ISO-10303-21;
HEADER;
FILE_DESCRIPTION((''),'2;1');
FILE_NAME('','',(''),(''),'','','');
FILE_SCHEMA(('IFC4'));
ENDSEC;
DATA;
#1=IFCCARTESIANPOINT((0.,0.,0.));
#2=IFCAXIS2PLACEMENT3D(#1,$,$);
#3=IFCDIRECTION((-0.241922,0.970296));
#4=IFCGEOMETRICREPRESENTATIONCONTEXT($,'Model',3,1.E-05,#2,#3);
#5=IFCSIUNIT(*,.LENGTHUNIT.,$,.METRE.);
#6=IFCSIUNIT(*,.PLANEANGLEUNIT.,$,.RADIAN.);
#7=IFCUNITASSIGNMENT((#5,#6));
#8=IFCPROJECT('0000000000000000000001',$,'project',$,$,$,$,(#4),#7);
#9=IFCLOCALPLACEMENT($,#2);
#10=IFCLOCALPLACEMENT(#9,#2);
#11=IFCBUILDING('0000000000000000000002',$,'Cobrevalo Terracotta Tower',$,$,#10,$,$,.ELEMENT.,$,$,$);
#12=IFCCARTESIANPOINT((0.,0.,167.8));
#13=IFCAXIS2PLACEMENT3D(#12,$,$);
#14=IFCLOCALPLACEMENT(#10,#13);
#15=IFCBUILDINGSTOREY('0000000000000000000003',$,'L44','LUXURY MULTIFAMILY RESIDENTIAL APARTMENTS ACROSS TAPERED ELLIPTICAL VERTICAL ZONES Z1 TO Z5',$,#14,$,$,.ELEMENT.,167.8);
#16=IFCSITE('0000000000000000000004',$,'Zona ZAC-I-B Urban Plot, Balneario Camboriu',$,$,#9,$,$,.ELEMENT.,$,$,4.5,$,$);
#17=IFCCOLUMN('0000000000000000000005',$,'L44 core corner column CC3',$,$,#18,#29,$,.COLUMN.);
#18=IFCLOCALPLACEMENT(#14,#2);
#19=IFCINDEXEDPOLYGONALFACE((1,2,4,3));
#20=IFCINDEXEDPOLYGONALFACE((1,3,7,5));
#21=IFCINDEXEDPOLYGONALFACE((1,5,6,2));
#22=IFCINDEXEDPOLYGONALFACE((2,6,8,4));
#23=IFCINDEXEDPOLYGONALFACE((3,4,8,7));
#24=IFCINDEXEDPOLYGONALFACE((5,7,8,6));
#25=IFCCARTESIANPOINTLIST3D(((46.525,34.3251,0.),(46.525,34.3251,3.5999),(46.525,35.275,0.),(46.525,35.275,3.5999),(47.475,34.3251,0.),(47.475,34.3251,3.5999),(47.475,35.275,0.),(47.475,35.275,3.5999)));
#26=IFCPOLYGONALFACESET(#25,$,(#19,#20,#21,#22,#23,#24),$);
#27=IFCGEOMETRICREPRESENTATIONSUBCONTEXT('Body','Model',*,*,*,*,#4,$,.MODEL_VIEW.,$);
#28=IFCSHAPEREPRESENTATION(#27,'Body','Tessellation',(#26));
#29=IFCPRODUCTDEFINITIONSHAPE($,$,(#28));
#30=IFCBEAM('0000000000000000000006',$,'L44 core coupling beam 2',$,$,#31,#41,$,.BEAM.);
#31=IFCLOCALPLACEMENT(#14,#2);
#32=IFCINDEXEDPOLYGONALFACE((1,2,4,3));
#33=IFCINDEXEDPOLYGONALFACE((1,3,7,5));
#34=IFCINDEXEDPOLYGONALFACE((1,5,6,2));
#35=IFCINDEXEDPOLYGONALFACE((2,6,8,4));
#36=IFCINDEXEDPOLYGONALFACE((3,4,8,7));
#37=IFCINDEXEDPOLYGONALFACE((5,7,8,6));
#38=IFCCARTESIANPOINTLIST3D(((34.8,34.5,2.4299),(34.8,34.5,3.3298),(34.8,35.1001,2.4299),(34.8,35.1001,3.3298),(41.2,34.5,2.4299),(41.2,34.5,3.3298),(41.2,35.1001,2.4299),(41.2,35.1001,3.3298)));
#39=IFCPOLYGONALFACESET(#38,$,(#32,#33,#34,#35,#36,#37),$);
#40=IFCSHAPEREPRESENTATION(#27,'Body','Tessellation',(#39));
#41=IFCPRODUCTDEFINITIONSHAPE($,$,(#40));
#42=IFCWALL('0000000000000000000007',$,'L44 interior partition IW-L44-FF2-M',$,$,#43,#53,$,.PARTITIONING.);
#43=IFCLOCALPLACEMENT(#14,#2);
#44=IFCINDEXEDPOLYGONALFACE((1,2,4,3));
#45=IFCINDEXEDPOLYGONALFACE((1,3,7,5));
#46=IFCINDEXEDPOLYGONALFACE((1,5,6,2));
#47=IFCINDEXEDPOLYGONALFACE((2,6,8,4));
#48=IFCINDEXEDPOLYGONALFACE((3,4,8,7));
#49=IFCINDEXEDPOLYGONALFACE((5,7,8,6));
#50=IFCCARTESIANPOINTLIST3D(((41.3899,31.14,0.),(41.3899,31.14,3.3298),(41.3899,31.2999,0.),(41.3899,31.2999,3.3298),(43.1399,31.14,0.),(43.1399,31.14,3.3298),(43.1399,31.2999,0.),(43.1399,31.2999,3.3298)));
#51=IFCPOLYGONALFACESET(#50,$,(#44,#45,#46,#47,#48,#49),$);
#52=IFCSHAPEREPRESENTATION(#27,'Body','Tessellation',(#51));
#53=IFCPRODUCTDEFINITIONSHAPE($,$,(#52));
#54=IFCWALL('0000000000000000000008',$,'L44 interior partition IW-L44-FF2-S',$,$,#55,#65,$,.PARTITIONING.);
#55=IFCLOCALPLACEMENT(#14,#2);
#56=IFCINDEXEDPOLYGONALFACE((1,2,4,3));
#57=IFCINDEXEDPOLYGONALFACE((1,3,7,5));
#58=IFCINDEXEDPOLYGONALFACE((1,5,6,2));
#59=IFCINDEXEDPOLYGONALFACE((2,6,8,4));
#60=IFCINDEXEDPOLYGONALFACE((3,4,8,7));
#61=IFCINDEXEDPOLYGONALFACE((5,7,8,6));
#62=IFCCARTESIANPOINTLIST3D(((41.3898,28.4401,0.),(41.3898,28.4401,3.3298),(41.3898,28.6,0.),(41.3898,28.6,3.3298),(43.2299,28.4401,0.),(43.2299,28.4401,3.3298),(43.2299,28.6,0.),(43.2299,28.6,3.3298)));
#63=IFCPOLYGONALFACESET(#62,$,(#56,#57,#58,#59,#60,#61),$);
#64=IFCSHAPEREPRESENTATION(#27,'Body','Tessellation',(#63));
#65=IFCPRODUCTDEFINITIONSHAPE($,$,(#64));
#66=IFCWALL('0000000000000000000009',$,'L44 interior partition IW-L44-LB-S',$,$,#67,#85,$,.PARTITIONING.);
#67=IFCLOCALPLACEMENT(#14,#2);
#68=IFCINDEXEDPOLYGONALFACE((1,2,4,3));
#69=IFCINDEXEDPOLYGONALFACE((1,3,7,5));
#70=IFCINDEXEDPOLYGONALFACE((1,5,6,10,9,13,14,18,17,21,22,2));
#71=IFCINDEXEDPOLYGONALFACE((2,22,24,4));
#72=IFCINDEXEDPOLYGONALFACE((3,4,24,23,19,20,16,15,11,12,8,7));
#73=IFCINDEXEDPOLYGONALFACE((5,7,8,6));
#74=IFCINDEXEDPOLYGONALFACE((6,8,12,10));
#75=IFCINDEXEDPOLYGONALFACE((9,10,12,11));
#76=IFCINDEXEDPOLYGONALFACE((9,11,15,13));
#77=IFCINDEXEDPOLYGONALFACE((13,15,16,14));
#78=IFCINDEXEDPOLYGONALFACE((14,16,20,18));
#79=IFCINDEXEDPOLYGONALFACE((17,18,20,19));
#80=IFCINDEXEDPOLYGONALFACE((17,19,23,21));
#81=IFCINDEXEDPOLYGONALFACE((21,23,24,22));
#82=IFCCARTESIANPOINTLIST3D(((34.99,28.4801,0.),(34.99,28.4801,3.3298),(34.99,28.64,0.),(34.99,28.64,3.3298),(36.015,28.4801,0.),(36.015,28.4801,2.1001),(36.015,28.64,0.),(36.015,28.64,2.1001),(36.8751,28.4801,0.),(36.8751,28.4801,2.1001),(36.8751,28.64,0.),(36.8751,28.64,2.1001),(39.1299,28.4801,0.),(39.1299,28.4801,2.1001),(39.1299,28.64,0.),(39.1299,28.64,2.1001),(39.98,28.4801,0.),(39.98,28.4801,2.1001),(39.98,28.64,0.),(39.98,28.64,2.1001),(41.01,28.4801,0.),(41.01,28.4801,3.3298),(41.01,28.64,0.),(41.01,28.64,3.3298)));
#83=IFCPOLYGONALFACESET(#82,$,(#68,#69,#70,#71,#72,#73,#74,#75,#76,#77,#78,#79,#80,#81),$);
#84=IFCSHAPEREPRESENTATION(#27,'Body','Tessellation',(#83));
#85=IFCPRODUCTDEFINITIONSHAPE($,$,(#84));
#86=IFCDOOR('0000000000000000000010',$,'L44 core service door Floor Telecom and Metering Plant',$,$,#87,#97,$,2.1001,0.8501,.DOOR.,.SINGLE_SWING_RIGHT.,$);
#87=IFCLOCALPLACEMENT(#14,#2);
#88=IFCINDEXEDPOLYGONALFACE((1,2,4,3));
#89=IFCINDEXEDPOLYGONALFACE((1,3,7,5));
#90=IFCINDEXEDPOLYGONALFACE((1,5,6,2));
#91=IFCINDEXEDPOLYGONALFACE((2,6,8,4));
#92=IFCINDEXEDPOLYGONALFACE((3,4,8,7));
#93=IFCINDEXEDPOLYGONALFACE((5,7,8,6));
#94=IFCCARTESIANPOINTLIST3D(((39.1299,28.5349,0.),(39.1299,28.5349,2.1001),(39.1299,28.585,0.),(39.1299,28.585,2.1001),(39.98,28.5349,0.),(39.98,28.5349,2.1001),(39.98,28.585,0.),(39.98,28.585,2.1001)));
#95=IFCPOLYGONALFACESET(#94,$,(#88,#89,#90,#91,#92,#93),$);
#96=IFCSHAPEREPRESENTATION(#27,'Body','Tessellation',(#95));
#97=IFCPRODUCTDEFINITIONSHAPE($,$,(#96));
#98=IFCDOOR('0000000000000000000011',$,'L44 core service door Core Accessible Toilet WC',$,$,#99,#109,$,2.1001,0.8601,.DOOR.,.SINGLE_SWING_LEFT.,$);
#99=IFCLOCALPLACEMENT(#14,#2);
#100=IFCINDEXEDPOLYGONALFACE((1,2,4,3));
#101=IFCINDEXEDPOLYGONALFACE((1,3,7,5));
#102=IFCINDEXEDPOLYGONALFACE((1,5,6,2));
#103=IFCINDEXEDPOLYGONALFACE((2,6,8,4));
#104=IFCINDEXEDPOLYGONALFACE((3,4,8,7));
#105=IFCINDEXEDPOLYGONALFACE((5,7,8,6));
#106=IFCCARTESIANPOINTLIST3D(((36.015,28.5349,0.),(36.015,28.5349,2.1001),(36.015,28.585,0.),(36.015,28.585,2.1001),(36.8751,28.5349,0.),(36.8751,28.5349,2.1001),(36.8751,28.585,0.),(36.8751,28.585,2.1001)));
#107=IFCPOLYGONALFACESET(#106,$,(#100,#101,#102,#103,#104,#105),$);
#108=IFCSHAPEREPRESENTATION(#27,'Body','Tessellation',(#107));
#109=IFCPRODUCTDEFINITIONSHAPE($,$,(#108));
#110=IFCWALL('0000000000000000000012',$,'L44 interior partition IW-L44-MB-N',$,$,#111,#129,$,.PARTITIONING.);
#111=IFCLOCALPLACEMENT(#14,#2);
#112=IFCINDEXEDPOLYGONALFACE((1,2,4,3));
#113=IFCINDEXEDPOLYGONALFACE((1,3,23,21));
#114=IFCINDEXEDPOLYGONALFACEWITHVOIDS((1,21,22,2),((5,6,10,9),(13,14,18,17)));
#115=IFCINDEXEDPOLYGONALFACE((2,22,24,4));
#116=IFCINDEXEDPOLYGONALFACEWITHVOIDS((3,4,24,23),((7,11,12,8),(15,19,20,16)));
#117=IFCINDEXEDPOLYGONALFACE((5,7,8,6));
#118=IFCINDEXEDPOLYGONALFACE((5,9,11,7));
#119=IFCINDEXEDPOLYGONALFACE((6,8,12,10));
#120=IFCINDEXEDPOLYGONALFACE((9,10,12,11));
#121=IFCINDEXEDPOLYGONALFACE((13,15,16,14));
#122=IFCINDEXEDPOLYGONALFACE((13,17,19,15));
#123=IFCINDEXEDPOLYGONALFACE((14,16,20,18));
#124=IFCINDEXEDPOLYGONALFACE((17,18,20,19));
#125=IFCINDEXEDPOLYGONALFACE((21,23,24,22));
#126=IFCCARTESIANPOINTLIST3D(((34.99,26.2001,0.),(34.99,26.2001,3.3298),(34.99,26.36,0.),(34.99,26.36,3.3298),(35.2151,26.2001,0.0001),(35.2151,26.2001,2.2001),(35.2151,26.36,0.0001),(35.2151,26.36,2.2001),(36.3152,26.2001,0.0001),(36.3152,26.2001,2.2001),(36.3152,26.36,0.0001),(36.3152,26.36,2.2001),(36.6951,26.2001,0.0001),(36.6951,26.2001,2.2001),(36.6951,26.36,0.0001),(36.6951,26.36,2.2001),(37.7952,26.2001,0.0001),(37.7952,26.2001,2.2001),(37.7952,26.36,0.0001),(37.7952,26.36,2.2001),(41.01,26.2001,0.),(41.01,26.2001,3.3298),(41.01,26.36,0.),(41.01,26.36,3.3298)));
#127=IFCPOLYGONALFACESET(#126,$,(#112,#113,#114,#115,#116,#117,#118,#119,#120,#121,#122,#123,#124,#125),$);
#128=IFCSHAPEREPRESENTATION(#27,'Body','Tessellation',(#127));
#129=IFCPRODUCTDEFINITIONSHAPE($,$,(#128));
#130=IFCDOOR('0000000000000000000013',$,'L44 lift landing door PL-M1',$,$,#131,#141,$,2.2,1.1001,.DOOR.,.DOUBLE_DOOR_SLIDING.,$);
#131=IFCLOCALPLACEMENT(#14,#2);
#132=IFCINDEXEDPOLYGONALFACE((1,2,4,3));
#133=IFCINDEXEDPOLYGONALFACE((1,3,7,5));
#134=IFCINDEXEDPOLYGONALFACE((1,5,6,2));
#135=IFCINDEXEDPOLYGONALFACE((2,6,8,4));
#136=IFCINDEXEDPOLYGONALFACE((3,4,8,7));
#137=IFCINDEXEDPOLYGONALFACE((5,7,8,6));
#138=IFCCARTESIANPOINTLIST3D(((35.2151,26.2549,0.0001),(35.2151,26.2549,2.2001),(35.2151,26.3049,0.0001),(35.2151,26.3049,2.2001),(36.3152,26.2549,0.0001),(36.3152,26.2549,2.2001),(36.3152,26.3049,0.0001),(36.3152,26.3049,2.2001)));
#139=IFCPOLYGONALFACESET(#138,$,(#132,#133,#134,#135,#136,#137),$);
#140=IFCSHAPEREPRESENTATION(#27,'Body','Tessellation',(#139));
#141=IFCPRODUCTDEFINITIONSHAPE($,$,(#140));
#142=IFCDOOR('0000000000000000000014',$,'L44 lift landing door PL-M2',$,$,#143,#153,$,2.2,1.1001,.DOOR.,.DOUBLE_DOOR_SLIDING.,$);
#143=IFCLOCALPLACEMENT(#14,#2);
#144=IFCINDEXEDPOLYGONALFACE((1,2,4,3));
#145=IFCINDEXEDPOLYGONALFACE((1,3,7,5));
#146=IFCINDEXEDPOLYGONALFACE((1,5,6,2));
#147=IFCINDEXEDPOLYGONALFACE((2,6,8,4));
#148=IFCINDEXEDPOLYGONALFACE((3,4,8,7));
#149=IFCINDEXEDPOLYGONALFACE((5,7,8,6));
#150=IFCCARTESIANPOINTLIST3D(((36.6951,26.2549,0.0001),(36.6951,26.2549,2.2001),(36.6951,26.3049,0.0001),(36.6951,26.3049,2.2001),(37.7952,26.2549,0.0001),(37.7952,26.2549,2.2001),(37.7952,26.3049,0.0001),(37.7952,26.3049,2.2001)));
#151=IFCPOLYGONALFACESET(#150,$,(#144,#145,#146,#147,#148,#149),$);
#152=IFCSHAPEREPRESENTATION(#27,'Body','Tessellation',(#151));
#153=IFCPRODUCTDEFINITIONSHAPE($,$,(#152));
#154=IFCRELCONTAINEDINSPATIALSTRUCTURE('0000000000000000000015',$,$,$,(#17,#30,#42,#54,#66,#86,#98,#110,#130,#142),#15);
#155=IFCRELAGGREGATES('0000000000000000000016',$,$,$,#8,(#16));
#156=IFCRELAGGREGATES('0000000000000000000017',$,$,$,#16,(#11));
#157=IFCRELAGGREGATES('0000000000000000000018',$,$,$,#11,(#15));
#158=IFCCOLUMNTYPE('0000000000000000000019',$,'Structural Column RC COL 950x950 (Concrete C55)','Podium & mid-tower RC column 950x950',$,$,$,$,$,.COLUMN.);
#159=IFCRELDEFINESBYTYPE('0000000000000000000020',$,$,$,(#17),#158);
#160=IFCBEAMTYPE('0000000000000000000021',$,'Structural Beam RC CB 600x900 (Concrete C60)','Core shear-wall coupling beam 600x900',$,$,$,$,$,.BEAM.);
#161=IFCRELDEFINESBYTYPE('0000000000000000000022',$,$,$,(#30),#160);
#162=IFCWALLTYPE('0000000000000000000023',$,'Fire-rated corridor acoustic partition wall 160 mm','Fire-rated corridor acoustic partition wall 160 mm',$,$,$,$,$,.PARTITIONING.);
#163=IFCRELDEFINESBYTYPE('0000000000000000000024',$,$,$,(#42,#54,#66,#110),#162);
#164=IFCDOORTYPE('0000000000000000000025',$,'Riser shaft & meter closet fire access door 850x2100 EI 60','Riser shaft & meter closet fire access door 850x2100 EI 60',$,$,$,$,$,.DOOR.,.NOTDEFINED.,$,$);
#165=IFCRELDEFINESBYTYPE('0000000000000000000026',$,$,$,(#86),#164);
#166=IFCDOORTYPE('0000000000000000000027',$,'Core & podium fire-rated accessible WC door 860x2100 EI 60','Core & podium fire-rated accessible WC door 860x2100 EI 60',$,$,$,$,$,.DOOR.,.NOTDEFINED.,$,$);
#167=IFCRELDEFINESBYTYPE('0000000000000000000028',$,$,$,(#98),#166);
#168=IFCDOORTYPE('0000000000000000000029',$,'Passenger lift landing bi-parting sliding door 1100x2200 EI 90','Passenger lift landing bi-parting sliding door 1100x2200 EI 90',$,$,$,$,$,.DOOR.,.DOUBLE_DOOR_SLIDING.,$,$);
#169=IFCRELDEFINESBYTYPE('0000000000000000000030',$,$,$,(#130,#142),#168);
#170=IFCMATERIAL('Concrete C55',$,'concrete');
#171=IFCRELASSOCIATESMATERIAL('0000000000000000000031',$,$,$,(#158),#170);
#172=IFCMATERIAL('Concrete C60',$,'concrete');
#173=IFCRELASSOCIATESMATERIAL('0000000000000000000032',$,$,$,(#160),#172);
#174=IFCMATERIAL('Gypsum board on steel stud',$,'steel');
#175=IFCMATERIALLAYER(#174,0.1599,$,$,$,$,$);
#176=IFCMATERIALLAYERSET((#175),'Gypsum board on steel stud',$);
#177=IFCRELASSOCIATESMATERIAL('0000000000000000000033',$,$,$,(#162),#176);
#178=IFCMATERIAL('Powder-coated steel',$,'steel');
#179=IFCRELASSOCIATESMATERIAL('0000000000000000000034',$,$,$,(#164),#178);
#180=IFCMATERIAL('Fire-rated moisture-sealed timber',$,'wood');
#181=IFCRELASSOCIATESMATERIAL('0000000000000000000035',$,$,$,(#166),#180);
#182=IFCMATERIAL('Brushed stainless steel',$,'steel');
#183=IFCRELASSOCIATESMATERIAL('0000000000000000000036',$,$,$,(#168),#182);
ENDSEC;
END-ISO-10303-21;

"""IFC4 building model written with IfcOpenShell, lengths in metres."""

from ifc_helpers import new_model, si_unit, direction, frame, frame_2d, origin, origin_2d, place, context, subcontext, project, spatial, rectangle, extrude, source, transform, mapped, material, layer, layer_set, material_profile, profile_set, type_object, element, fill, save


model = new_model("IFC4")

# Units and contexts
model_context = context("Model", 3, precision=1e-05, world=origin(), true_north=direction((-0.241922, 0.970296)))
body_context = subcontext(model_context, "Body", "Model", "MODEL_VIEW")
ifc_project = project(units=[si_unit("LENGTHUNIT", "METRE"), si_unit("PLANEANGLEUNIT", "RADIAN")], contexts=[model_context])

# Site, building, storey
site_placement = place(None, origin())
site = spatial("IfcSite", under=ifc_project, at=site_placement, Name="Zona ZAC-I-B Urban Plot, Balneario Camboriu", CompositionType="ELEMENT", RefElevation=4.5)
building_placement = place(site_placement, origin())
building = spatial("IfcBuilding", under=site, at=building_placement, Name="Cobrevalo Terracotta Tower", CompositionType="ELEMENT")
storey_placement = place(building_placement, frame((0.0, 0.0, 167.8)))
storey = spatial("IfcBuildingStorey", under=building, at=storey_placement, Name="L44", Description="LUXURY MULTIFAMILY RESIDENTIAL APARTMENTS ACROSS TAPERED ELLIPTICAL VERTICAL ZONES Z1 TO Z5", CompositionType="ELEMENT", Elevation=167.8)

# Column
ifc_material_1 = material(Name="Concrete C55", Category="concrete")
ifc_material_profile_1 = material_profile(ifc_material_1, rectangle(XDim=0.95, YDim=0.95, at=origin_2d()), Name="RC COL 950x950")
ifc_profile_set_1 = profile_set([ifc_material_profile_1], Name="Concrete C55")
column_type = type_object("IfcColumnType", Name="Structural Column RC COL 950x950 (Concrete C55)", Description="Podium & mid-tower RC column 950x950", PredefinedType="COLUMN", material=ifc_profile_set_1)
column_placement = place(storey_placement, frame((47.0, 34.8, 0.0), z_axis=(0.0, 0.0, 1.0), x_axis=(1.0, 0.0, 0.0)))
element("IfcColumn", 1, at=column_placement, inside=storey, type_object=column_type, Name="L44 core corner column CC3", PredefinedType="COLUMN", context=body_context, shape_type="SweptSolid", body=[
    extrude(rectangle(XDim=0.95, YDim=0.95, at=origin_2d()), origin(), (0.0, 0.0, 1.0), 3.5999),
])

# Beam
ifc_material_2 = material(Name="Concrete C60", Category="concrete")
ifc_material_profile_2 = material_profile(ifc_material_2, rectangle(XDim=0.6001, YDim=0.8999, at=origin_2d()), Name="RC CB 600x900")
ifc_profile_set_2 = profile_set([ifc_material_profile_2], Name="Concrete C60")
beam_type = type_object("IfcBeamType", Name="Structural Beam RC CB 600x900 (Concrete C60)", Description="Core shear-wall coupling beam 600x900", PredefinedType="BEAM", material=ifc_profile_set_2)
beam_placement = place(storey_placement, frame((34.8, 34.8, 2.8799), z_axis=(1.0, 0.0, 0.0), x_axis=(0.0, 1.0, 0.0)))
element("IfcBeam", 2, at=beam_placement, inside=storey, type_object=beam_type, Name="L44 core coupling beam 2", PredefinedType="BEAM", context=body_context, shape_type="SweptSolid", body=[
    extrude(rectangle(XDim=0.6001, YDim=0.8999, at=origin_2d()), origin(), (0.0, 0.0, 1.0), 6.3999),
])

# Walls
ifc_material_3 = material(Name="Gypsum board on steel stud", Category="steel")
ifc_layer_1 = layer(ifc_material_3, 0.1599)
ifc_layer_set_1 = layer_set([ifc_layer_1], Name="Gypsum board on steel stud")
wall_type_1 = type_object("IfcWallType", Name="Fire-rated corridor acoustic partition wall 160 mm", Description="Fire-rated corridor acoustic partition wall 160 mm", PredefinedType="PARTITIONING", material=ifc_layer_set_1)
wall_1_placement = place(storey_placement, frame((41.3899, 31.22, 0.0), z_axis=(0.0, 0.0, 1.0), x_axis=(1.0, 0.0, 0.0)))
element("IfcWall", 3, at=wall_1_placement, inside=storey, type_object=wall_type_1, Name="L44 interior partition IW-L44-FF2-M", PredefinedType="PARTITIONING", context=body_context, shape_type="SweptSolid", body=[
    extrude(rectangle(XDim=1.75, YDim=0.1599, at=frame_2d((0.875, 0.0))), origin(), (0.0, 0.0, 1.0), 3.3298),
])
wall_2_placement = place(storey_placement, frame((41.3899, 28.52, 0.0), z_axis=(0.0, 0.0, 1.0), x_axis=(1.0, 0.0, 0.0)))
element("IfcWall", 4, at=wall_2_placement, inside=storey, type_object=wall_type_1, Name="L44 interior partition IW-L44-FF2-S", PredefinedType="PARTITIONING", context=body_context, shape_type="SweptSolid", body=[
    extrude(rectangle(XDim=1.8401, YDim=0.1599, at=frame_2d((0.9199, 0.0))), origin(), (0.0, 0.0, 1.0), 3.3298),
])

# Walls, openings, doors
wall_3_placement = place(storey_placement, frame((34.99, 28.5601, 0.0), z_axis=(0.0, 0.0, 1.0), x_axis=(1.0, 0.0, 0.0)))
wall_3 = element("IfcWall", 5, at=wall_3_placement, inside=storey, type_object=wall_type_1, Name="L44 interior partition IW-L44-LB-S", PredefinedType="PARTITIONING", context=body_context, shape_type="SweptSolid", body=[
    extrude(rectangle(XDim=6.02, YDim=0.1599, at=frame_2d((3.01, 0.0))), origin(), (0.0, 0.0, 1.0), 3.3298),
])
opening_1_placement = place(wall_3_placement, frame((1.0249, 0.0, 0.0)))
opening_1 = element("IfcOpeningElement", 6, at=opening_1_placement, cuts=wall_3, PredefinedType="OPENING", context=body_context, shape_type="SweptSolid", body=[
    extrude(rectangle(XDim=0.8601, YDim=2.1001, at=frame_2d((0.4302, 1.05))), frame((0.0, 0.0898, 0.0), z_axis=(0.0, -1.0, 0.0), x_axis=(1.0, 0.0, 0.0)), (0.0, 0.0, 1.0), 0.1799),
])
opening_2_placement = place(wall_3_placement, frame((4.1399, 0.0, 0.0)))
opening_2 = element("IfcOpeningElement", 7, at=opening_2_placement, cuts=wall_3, PredefinedType="OPENING", context=body_context, shape_type="SweptSolid", body=[
    extrude(rectangle(XDim=0.8501, YDim=2.1001, at=frame_2d((0.425, 1.05))), frame((0.0, 0.0898, 0.0), z_axis=(0.0, -1.0, 0.0), x_axis=(1.0, 0.0, 0.0)), (0.0, 0.0, 1.0), 0.1799),
])
ifc_material_4 = material(Name="Powder-coated steel", Category="steel")
door_type_1 = type_object("IfcDoorType", Name="Riser shaft & meter closet fire access door 850x2100 EI 60", Description="Riser shaft & meter closet fire access door 850x2100 EI 60", OperationType="NOTDEFINED", PredefinedType="DOOR", material=ifc_material_4)
shared_shape_1 = source(origin(), body_context, "Body", "SweptSolid", [
    extrude(rectangle(XDim=0.8501, YDim=2.1001, at=frame_2d((0.425, 1.05))), frame((0.0, 0.0249, 0.0), z_axis=(0.0, -1.0, 0.0), x_axis=(1.0, 0.0, 0.0)), (0.0, 0.0, 1.0), 0.05),
])
door_1_placement = place(opening_2_placement, origin())
door_1 = element("IfcDoor", 8, at=door_1_placement, inside=storey, type_object=door_type_1, Name="L44 core service door Floor Telecom and Metering Plant", OperationType="SINGLE_SWING_RIGHT", OverallHeight=2.1001, OverallWidth=0.8501, PredefinedType="DOOR", context=body_context, shape_type="MappedRepresentation", body=[
    mapped(shared_shape_1, transform((0.0, 0.0, 0.0), scale=1.0)),
])
fill(opening_2, door_1)
ifc_material_5 = material(Name="Fire-rated moisture-sealed timber", Category="wood")
door_type_2 = type_object("IfcDoorType", Name="Core & podium fire-rated accessible WC door 860x2100 EI 60", Description="Core & podium fire-rated accessible WC door 860x2100 EI 60", OperationType="NOTDEFINED", PredefinedType="DOOR", material=ifc_material_5)
shared_shape_2 = source(origin(), body_context, "Body", "SweptSolid", [
    extrude(rectangle(XDim=0.8601, YDim=2.1001, at=frame_2d((0.4302, 1.05))), frame((0.0, 0.0249, 0.0), z_axis=(0.0, -1.0, 0.0), x_axis=(1.0, 0.0, 0.0)), (0.0, 0.0, 1.0), 0.05),
])
door_2_placement = place(opening_1_placement, origin())
door_2 = element("IfcDoor", 9, at=door_2_placement, inside=storey, type_object=door_type_2, Name="L44 core service door Core Accessible Toilet WC", OperationType="SINGLE_SWING_LEFT", OverallHeight=2.1001, OverallWidth=0.8601, PredefinedType="DOOR", context=body_context, shape_type="MappedRepresentation", body=[
    mapped(shared_shape_2, transform((0.0, 0.0, 0.0), scale=1.0)),
])
fill(opening_1, door_2)
wall_4_placement = place(storey_placement, frame((34.99, 26.28, 0.0), z_axis=(0.0, 0.0, 1.0), x_axis=(1.0, 0.0, 0.0)))
wall_4 = element("IfcWall", 10, at=wall_4_placement, inside=storey, type_object=wall_type_1, Name="L44 interior partition IW-L44-MB-N", PredefinedType="PARTITIONING", context=body_context, shape_type="SweptSolid", body=[
    extrude(rectangle(XDim=6.02, YDim=0.1599, at=frame_2d((3.01, 0.0))), origin(), (0.0, 0.0, 1.0), 3.3298),
])
opening_3_placement = place(wall_4_placement, frame((0.2251, 0.0, 0.0)))
opening_3 = element("IfcOpeningElement", 11, at=opening_3_placement, cuts=wall_4, PredefinedType="OPENING", context=body_context, shape_type="SweptSolid", body=[
    extrude(rectangle(XDim=1.1001, YDim=2.2, at=frame_2d((0.55, 1.1001))), frame((0.0, 0.0898, 0.0), z_axis=(0.0, -1.0, 0.0), x_axis=(1.0, 0.0, 0.0)), (0.0, 0.0, 1.0), 0.1799),
])
opening_4_placement = place(wall_4_placement, frame((1.7051, 0.0, 0.0)))
opening_4 = element("IfcOpeningElement", 12, at=opening_4_placement, cuts=wall_4, PredefinedType="OPENING", context=body_context, shape_type="SweptSolid", body=[
    extrude(rectangle(XDim=1.1001, YDim=2.2, at=frame_2d((0.55, 1.1001))), frame((0.0, 0.0898, 0.0), z_axis=(0.0, -1.0, 0.0), x_axis=(1.0, 0.0, 0.0)), (0.0, 0.0, 1.0), 0.1799),
])
ifc_material_6 = material(Name="Brushed stainless steel", Category="steel")
door_type_3 = type_object("IfcDoorType", Name="Passenger lift landing bi-parting sliding door 1100x2200 EI 90", Description="Passenger lift landing bi-parting sliding door 1100x2200 EI 90", OperationType="DOUBLE_DOOR_SLIDING", PredefinedType="DOOR", material=ifc_material_6)
shared_shape_3 = source(origin(), body_context, "Body", "SweptSolid", [
    extrude(rectangle(XDim=1.1001, YDim=2.2, at=frame_2d((0.55, 1.1001))), frame((0.0, 0.0249, 0.0), z_axis=(0.0, -1.0, 0.0), x_axis=(1.0, 0.0, 0.0)), (0.0, 0.0, 1.0), 0.05),
])
door_3_placement = place(opening_3_placement, origin())
door_3 = element("IfcDoor", 13, at=door_3_placement, inside=storey, type_object=door_type_3, Name="L44 lift landing door PL-M1", OperationType="DOUBLE_DOOR_SLIDING", OverallHeight=2.2, OverallWidth=1.1001, PredefinedType="DOOR", context=body_context, shape_type="MappedRepresentation", body=[
    mapped(shared_shape_3, transform((0.0, 0.0, 0.0), scale=1.0)),
])
fill(opening_3, door_3)
door_4_placement = place(opening_4_placement, origin())
door_4 = element("IfcDoor", 14, at=door_4_placement, inside=storey, type_object=door_type_3, Name="L44 lift landing door PL-M2", OperationType="DOUBLE_DOOR_SLIDING", OverallHeight=2.2, OverallWidth=1.1001, PredefinedType="DOOR", context=body_context, shape_type="MappedRepresentation", body=[
    mapped(shared_shape_3, transform((0.0, 0.0, 0.0), scale=1.0)),
])
fill(opening_4, door_4)

save(model, "model.ifc")
